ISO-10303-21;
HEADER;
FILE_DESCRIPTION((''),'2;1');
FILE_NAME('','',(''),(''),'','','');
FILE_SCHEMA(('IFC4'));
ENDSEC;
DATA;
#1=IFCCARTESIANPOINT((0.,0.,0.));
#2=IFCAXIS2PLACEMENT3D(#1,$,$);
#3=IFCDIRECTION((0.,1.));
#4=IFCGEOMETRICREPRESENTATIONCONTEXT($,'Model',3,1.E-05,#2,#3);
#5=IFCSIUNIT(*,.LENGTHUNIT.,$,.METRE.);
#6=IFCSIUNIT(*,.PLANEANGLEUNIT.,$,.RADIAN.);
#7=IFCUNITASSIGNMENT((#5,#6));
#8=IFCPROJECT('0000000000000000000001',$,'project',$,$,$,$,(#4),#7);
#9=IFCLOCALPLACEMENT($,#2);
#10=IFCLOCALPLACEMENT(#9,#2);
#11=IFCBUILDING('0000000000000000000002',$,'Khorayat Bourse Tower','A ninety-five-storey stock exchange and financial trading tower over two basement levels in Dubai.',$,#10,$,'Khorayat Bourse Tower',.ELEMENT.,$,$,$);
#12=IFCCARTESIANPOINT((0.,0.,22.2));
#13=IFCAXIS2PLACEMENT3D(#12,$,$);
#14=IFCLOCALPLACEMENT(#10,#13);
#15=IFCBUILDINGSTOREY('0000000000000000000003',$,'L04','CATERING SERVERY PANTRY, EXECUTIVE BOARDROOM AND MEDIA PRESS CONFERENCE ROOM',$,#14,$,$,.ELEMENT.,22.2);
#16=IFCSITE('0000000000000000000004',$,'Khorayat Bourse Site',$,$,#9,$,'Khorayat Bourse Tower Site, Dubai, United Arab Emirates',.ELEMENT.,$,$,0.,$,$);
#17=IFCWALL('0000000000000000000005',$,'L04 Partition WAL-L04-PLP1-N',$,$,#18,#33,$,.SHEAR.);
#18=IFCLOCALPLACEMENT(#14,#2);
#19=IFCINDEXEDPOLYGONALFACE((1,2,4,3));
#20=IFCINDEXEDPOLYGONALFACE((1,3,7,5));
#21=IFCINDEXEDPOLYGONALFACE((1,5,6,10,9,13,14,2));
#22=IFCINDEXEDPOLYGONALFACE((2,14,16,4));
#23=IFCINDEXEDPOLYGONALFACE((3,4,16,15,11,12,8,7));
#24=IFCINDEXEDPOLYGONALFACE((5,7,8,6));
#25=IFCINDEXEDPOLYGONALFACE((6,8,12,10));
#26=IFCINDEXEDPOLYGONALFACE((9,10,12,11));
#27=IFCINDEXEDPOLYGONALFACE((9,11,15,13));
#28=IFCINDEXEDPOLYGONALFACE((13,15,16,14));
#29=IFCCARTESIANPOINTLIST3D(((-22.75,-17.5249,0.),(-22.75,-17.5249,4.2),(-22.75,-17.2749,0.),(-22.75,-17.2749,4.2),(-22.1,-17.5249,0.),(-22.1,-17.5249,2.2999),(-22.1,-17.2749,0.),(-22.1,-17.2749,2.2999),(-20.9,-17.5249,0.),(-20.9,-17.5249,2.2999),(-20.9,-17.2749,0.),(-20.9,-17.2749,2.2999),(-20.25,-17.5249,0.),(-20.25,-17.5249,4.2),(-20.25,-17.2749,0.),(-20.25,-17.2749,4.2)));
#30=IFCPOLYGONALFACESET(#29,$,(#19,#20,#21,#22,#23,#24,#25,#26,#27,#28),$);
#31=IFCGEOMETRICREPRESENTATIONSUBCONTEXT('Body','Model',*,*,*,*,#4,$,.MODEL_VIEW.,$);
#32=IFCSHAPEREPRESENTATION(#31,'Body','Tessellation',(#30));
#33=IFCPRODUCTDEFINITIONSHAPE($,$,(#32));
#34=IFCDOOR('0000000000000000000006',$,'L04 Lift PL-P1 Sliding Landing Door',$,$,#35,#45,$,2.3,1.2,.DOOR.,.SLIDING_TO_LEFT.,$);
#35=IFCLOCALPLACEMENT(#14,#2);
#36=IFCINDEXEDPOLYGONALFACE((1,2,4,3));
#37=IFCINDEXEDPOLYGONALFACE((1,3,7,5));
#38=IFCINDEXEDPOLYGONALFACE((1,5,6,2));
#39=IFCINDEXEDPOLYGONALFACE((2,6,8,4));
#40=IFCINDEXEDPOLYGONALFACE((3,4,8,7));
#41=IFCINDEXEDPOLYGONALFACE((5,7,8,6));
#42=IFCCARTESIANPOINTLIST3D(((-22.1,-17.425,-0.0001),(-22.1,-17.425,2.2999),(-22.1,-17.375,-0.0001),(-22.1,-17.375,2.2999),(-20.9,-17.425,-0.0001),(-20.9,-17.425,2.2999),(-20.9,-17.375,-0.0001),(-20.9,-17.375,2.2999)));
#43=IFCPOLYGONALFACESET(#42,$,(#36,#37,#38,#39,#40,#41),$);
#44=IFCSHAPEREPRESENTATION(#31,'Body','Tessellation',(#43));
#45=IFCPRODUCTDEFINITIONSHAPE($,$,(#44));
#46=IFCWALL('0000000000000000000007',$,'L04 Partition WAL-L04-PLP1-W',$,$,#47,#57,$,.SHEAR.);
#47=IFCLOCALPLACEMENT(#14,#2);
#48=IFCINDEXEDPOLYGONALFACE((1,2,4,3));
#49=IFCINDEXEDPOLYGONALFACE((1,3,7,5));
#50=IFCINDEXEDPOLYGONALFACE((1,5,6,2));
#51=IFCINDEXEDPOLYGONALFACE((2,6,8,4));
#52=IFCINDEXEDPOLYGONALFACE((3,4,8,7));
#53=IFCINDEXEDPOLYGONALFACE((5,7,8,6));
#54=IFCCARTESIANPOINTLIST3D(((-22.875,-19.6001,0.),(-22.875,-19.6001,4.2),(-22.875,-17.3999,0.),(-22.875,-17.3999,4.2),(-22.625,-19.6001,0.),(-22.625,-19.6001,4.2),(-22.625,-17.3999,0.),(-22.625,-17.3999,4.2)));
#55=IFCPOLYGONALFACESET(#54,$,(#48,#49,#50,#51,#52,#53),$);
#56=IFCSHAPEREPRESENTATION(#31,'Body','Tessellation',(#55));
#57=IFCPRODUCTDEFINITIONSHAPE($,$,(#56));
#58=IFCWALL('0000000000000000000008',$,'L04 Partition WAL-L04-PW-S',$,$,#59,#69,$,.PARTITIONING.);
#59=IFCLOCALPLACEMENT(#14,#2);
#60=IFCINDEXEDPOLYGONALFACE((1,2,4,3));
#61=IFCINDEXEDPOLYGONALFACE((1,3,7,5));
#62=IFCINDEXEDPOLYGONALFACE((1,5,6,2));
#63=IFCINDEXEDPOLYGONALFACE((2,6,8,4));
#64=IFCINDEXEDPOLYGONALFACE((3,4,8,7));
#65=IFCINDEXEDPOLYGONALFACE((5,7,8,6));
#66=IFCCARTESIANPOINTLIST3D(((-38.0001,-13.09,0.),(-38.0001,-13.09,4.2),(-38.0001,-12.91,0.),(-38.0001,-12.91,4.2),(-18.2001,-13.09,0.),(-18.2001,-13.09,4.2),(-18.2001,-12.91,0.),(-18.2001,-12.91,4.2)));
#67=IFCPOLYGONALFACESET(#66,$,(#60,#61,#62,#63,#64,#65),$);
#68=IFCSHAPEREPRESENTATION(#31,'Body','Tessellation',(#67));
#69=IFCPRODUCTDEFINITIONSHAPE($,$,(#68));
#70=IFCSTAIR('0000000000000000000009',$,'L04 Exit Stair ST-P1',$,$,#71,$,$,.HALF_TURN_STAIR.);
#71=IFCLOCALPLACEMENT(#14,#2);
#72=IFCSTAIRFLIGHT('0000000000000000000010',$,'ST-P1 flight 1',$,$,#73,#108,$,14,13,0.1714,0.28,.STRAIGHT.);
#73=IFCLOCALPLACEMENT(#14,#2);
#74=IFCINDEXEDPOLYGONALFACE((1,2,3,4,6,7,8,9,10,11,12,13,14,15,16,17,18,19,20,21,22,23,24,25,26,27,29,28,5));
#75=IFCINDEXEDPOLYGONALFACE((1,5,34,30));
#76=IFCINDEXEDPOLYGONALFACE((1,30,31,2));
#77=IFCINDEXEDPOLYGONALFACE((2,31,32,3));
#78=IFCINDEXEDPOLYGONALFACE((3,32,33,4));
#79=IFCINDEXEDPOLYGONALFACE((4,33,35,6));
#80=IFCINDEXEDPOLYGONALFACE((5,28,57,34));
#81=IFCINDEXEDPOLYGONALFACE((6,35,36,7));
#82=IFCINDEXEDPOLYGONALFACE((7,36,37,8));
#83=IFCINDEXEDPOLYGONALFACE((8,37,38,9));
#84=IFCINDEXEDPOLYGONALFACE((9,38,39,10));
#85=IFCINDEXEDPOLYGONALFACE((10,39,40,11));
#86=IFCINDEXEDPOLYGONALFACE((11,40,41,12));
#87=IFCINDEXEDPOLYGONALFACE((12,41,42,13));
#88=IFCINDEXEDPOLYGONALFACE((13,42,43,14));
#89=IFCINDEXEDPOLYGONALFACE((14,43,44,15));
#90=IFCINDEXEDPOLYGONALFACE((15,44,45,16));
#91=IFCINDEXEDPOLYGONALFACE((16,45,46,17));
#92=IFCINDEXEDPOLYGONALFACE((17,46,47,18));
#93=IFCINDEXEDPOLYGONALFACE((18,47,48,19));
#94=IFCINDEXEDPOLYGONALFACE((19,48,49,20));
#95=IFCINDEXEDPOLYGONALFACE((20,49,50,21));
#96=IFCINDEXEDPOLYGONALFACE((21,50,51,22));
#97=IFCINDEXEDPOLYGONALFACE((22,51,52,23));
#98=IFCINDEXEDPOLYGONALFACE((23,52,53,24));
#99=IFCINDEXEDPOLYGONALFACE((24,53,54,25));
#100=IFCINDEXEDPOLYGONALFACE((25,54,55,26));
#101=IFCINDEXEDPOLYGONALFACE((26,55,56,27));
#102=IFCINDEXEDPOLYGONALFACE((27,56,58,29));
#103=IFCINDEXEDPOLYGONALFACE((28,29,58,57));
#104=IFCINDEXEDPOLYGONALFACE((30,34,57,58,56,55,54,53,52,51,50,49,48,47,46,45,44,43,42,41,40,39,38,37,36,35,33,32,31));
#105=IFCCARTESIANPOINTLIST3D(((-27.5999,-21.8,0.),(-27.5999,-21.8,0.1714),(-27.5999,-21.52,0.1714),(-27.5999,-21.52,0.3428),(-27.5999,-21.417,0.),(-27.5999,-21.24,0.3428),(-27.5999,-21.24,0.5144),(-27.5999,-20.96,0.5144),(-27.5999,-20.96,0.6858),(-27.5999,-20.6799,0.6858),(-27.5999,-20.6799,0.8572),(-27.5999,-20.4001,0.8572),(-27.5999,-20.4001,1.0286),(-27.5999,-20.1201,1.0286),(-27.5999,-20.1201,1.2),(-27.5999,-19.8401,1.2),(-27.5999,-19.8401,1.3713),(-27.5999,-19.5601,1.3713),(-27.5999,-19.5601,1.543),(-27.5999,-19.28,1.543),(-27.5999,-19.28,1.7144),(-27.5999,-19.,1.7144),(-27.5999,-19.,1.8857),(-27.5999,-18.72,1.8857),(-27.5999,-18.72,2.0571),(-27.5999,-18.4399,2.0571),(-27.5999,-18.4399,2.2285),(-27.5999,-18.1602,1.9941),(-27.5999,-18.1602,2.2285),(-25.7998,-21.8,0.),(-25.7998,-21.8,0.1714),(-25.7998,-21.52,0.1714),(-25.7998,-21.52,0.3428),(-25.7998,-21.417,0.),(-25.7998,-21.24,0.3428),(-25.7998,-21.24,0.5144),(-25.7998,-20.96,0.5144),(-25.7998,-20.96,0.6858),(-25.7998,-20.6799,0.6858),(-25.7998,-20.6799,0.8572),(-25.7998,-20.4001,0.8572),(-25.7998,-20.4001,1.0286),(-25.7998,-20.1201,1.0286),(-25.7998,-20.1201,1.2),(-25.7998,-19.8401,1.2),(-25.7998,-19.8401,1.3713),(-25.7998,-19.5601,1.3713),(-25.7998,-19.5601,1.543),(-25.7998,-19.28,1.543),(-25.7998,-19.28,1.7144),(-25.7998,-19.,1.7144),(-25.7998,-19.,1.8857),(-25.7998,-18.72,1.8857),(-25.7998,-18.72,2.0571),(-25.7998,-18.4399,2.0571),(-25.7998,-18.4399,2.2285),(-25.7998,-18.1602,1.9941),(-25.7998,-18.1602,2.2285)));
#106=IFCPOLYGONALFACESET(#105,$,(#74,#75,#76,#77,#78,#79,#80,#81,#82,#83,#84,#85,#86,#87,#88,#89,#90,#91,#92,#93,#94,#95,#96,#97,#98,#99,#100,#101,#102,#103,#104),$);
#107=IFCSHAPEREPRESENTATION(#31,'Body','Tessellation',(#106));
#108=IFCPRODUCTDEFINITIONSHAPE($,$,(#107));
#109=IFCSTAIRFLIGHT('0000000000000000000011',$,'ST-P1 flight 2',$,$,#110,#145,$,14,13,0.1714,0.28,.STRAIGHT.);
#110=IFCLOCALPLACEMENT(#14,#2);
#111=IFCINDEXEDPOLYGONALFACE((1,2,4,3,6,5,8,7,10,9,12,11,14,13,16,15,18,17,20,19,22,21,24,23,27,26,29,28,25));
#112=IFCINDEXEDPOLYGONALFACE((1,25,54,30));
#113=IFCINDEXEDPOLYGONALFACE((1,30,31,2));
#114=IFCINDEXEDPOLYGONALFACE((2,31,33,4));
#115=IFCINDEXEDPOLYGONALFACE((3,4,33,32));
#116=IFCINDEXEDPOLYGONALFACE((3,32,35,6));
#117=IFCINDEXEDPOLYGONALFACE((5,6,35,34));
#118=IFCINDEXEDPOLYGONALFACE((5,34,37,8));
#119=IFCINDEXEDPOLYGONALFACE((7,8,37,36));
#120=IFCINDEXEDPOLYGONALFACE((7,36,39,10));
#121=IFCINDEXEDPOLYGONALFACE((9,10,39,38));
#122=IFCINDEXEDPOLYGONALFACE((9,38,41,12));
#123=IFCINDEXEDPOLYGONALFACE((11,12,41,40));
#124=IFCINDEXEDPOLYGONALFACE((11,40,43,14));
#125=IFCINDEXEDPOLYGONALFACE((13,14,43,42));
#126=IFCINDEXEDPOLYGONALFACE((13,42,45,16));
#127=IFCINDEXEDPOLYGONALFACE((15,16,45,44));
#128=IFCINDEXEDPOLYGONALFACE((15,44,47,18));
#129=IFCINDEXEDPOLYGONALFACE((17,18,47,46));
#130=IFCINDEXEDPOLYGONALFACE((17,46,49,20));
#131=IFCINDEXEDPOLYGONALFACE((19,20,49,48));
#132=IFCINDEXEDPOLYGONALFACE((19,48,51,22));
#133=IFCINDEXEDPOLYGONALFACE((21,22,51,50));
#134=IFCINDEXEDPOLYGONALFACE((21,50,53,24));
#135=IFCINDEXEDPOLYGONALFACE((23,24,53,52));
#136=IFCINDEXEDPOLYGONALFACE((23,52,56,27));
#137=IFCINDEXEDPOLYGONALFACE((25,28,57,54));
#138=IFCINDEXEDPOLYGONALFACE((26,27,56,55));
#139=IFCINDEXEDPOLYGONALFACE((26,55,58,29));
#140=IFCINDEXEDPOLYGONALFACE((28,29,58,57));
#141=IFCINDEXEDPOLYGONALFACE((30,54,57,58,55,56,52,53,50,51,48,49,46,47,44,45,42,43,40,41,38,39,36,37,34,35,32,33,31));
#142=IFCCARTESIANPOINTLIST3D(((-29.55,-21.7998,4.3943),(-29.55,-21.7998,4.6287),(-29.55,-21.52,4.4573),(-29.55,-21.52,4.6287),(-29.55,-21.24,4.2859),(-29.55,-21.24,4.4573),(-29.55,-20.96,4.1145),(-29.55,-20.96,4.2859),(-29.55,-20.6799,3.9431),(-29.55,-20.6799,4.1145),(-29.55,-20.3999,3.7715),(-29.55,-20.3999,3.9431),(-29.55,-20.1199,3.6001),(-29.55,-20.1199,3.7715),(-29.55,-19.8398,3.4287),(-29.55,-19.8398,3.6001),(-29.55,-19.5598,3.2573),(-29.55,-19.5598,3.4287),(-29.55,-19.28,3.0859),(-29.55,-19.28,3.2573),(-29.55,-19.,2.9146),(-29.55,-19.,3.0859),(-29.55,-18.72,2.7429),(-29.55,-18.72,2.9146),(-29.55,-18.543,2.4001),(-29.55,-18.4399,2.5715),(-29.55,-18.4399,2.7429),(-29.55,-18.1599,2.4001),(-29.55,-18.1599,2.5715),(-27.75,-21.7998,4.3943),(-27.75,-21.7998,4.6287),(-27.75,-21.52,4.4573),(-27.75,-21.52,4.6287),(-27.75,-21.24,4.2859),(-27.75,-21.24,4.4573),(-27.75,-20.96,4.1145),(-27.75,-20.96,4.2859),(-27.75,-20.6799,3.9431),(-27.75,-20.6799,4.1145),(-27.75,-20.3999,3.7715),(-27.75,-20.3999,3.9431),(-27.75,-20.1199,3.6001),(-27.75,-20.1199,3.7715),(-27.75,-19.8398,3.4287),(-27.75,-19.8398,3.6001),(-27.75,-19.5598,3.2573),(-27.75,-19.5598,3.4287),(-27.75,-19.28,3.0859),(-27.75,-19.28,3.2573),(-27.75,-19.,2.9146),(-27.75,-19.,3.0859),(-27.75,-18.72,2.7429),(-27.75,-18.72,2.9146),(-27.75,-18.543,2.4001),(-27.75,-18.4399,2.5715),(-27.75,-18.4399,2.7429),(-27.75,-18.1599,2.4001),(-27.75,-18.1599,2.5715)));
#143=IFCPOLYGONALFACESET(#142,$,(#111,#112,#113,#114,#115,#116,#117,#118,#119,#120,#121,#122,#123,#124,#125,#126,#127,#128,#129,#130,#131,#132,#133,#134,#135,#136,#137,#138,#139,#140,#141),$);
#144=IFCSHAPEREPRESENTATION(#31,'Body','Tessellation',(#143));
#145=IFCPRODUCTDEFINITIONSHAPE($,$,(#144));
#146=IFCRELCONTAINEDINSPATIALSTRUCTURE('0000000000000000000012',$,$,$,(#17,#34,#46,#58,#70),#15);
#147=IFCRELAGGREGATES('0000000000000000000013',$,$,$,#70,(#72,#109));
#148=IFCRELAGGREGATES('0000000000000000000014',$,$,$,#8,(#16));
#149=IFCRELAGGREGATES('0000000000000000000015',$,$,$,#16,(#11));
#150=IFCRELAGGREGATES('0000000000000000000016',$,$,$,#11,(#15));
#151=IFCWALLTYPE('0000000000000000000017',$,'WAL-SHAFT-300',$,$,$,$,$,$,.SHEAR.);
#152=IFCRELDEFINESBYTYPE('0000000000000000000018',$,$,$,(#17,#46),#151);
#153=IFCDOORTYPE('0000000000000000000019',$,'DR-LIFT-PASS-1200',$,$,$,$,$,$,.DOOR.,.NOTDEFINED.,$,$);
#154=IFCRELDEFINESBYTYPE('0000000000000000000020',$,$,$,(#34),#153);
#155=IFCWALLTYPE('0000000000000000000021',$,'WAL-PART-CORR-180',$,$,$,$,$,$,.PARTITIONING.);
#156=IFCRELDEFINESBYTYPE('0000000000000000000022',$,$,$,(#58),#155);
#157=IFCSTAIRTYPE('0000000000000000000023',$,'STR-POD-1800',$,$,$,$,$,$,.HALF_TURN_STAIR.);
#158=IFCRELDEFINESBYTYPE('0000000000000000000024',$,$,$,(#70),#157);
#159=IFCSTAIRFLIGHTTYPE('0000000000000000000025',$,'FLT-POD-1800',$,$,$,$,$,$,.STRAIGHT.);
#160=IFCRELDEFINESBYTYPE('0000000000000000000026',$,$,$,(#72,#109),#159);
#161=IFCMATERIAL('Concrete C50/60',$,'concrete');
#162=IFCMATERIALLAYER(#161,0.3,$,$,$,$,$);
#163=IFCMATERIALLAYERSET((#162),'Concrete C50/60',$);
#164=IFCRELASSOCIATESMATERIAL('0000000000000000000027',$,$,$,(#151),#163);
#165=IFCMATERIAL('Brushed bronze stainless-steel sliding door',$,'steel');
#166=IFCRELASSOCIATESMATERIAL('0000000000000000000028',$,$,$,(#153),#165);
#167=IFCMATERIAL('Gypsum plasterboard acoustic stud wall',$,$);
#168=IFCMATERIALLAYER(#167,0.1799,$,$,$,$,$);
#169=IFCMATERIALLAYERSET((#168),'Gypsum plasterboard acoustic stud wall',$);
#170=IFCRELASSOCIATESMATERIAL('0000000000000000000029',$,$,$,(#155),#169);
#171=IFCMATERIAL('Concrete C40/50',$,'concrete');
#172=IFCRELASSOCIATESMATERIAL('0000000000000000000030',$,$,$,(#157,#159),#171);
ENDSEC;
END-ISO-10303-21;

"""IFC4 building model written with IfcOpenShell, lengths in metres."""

from ifc_helpers import new_model, si_unit, direction, frame, frame_2d, origin, place, context, subcontext, project, spatial, polyline, rectangle, outline, extrude, source, transform, mapped, material, layer, layer_set, type_object, element, fill, aggregate, save


model = new_model("IFC4")

# Units and contexts
model_context = context("Model", 3, precision=1e-05, world=origin(), true_north=direction((0.0, 1.0)))
body_context = subcontext(model_context, "Body", "Model", "MODEL_VIEW")
ifc_project = project(units=[si_unit("LENGTHUNIT", "METRE"), si_unit("PLANEANGLEUNIT", "RADIAN")], contexts=[model_context])

# Site, building, storey
site_placement = place(None, origin())
site = spatial("IfcSite", under=ifc_project, at=site_placement, Name="Khorayat Bourse Site", LongName="Khorayat Bourse Tower Site, Dubai, United Arab Emirates", CompositionType="ELEMENT", RefElevation=0.0)
building_placement = place(site_placement, origin())
building = spatial("IfcBuilding", under=site, at=building_placement, Name="Khorayat Bourse Tower", Description="A ninety-five-storey stock exchange and financial trading tower over two basement levels in Dubai.", LongName="Khorayat Bourse Tower", CompositionType="ELEMENT")
storey_placement = place(building_placement, frame((0.0, 0.0, 22.2)))
storey = spatial("IfcBuildingStorey", under=building, at=storey_placement, Name="L04", Description="CATERING SERVERY PANTRY, EXECUTIVE BOARDROOM AND MEDIA PRESS CONFERENCE ROOM", CompositionType="ELEMENT", Elevation=22.2)

# Shared definitions
ifc_material_1 = material(Name="Concrete C50/60", Category="concrete")
ifc_layer_1 = layer(ifc_material_1, 0.3)
ifc_layer_set_1 = layer_set([ifc_layer_1], Name="Concrete C50/60")
wall_type_1 = type_object("IfcWallType", Name="WAL-SHAFT-300", PredefinedType="SHEAR", material=ifc_layer_set_1)

# Shared definitions
shared_shape_1 = source(origin(), body_context, "Body", "SweptSolid", [
    extrude(rectangle(XDim=2.5, YDim=0.25, at=frame_2d((1.25, 0.0))), origin(), (0.0, 0.0, 1.0), 4.2),
])

# Wall, opening, door
wall_1_placement = place(storey_placement, frame((-22.75, -17.3999, 0.0), z_axis=(0.0, 0.0, 1.0), x_axis=(1.0, 0.0, 0.0)))
wall_1 = element("IfcWall", 1, at=wall_1_placement, inside=storey, type_object=wall_type_1, Name="L04 Partition WAL-L04-PLP1-N", PredefinedType="SHEAR", context=body_context, shape_type="MappedRepresentation", body=[
    mapped(shared_shape_1, transform((0.0, 0.0, 0.0), scale=1.0)),
])
shared_shape_2 = source(origin(), body_context, "Body", "SweptSolid", [
    extrude(rectangle(XDim=1.2, YDim=2.3, at=frame_2d((0.6001, 1.1499))), frame((0.0, 0.135, 0.0), z_axis=(0.0, -1.0, 0.0), x_axis=(1.0, 0.0, 0.0)), (0.0, 0.0, 1.0), 0.27),
])
opening_1_placement = place(wall_1_placement, frame((0.6499, 0.0, 0.0)))
opening_1 = element("IfcOpeningElement", 2, at=opening_1_placement, cuts=wall_1, PredefinedType="OPENING", context=body_context, shape_type="MappedRepresentation", body=[
    mapped(shared_shape_2, transform((0.0, 0.0, 0.0), scale=1.0)),
])
ifc_material_2 = material(Name="Brushed bronze stainless-steel sliding door", Category="steel")
door_type_1 = type_object("IfcDoorType", Name="DR-LIFT-PASS-1200", OperationType="NOTDEFINED", PredefinedType="DOOR", material=ifc_material_2)
shared_shape_3 = source(origin(), body_context, "Body", "SweptSolid", [
    extrude(rectangle(XDim=1.2, YDim=2.3, at=frame_2d((0.6001, 1.1499))), frame((0.0, 0.0249, 0.0), z_axis=(0.0, -1.0, 0.0), x_axis=(1.0, 0.0, 0.0)), (0.0, 0.0, 1.0), 0.05),
])
door_1_placement = place(opening_1_placement, origin())
door_1 = element("IfcDoor", 3, at=door_1_placement, inside=storey, type_object=door_type_1, Name="L04 Lift PL-P1 Sliding Landing Door", OperationType="SLIDING_TO_LEFT", OverallHeight=2.3, OverallWidth=1.2, PredefinedType="DOOR", context=body_context, shape_type="MappedRepresentation", body=[
    mapped(shared_shape_3, transform((0.0, 0.0, 0.0), scale=1.0)),
])
fill(opening_1, door_1)

# Walls
shared_shape_4 = source(origin(), body_context, "Body", "SweptSolid", [
    extrude(rectangle(XDim=2.2002, YDim=0.25, at=frame_2d((1.1001, 0.0))), origin(), (0.0, 0.0, 1.0), 4.2),
])
wall_2_placement = place(storey_placement, frame((-22.75, -19.6001, 0.0), z_axis=(0.0, 0.0, 1.0), x_axis=(0.0, 1.0, 0.0)))
element("IfcWall", 4, at=wall_2_placement, inside=storey, type_object=wall_type_1, Name="L04 Partition WAL-L04-PLP1-W", PredefinedType="SHEAR", context=body_context, shape_type="MappedRepresentation", body=[
    mapped(shared_shape_4, transform((0.0, 0.0, 0.0), scale=1.0)),
])
ifc_material_3 = material(Name="Gypsum plasterboard acoustic stud wall")
ifc_layer_2 = layer(ifc_material_3, 0.1799)
ifc_layer_set_2 = layer_set([ifc_layer_2], Name="Gypsum plasterboard acoustic stud wall")
wall_type_2 = type_object("IfcWallType", Name="WAL-PART-CORR-180", PredefinedType="PARTITIONING", material=ifc_layer_set_2)
shared_shape_5 = source(origin(), body_context, "Body", "SweptSolid", [
    extrude(rectangle(XDim=19.8, YDim=0.1799, at=frame_2d((9.8999, 0.0))), origin(), (0.0, 0.0, 1.0), 4.2),
])
wall_3_placement = place(storey_placement, frame((-38.0, -13.0, 0.0), z_axis=(0.0, 0.0, 1.0), x_axis=(1.0, 0.0, 0.0)))
element("IfcWall", 5, at=wall_3_placement, inside=storey, type_object=wall_type_2, Name="L04 Partition WAL-L04-PW-S", PredefinedType="PARTITIONING", context=body_context, shape_type="MappedRepresentation", body=[
    mapped(shared_shape_5, transform((0.0, 0.0, 0.0), scale=1.0)),
])

# Stair, stair flights
ifc_material_4 = material(Name="Concrete C40/50", Category="concrete")
stair_type = type_object("IfcStairType", Name="STR-POD-1800", PredefinedType="HALF_TURN_STAIR", material=ifc_material_4)
stair_placement = place(storey_placement, origin())
stair = element("IfcStair", 6, at=stair_placement, inside=storey, type_object=stair_type, Name="L04 Exit Stair ST-P1", PredefinedType="HALF_TURN_STAIR")
stair_flight_type = type_object("IfcStairFlightType", Name="FLT-POD-1800", PredefinedType="STRAIGHT", material=ifc_material_4)
shared_shape_6 = source(origin(), body_context, "Body", "SweptSolid", [
    extrude(outline(polyline([(0.0, 0.0), (0.0, 0.1714), (0.28, 0.1714), (0.28, 0.3428), (0.5601, 0.3428), (0.5601, 0.5144), (0.8401, 0.5144), (0.8401, 0.6858), (1.1201, 0.6858), (1.1201, 0.8572), (1.3999, 0.8572), (1.3999, 1.0286), (1.6799, 1.0286), (1.6799, 1.2), (1.96, 1.2), (1.96, 1.3713), (2.24, 1.3713), (2.24, 1.543), (2.52, 1.543), (2.52, 1.7144), (2.8, 1.7144), (2.8, 1.8857), (3.0801, 1.8857), (3.0801, 2.0571), (3.3601, 2.0571), (3.3601, 2.2285), (3.6399, 2.2285), (3.6399, 2.3999), (3.6399, 1.9941), (0.3831, 0.0), (0.0, 0.0)])), frame((0.0, 0.8999, 0.0), z_axis=(0.0, -1.0, 0.0), x_axis=(1.0, 0.0, 0.0)), (0.0, 0.0, 1.0), 1.8),
])
stair_flight_1_placement = place(storey_placement, frame((-26.7, -21.8, 0.0), z_axis=(0.0, 0.0, 1.0), x_axis=(0.0, 1.0, 0.0)))
stair_flight_1 = element("IfcStairFlight", 7, at=stair_flight_1_placement, type_object=stair_flight_type, Name="ST-P1 flight 1", NumberOfRisers=14, NumberOfTreads=13, PredefinedType="STRAIGHT", RiserHeight=0.1714, TreadLength=0.28, context=body_context, shape_type="MappedRepresentation", body=[
    mapped(shared_shape_6, transform((0.0, 0.0, 0.0), scale=1.0)),
])
stair_flight_2_placement = place(storey_placement, frame((-28.6499, -18.1599, 2.4001), z_axis=(0.0, 0.0, 1.0), x_axis=(0.0, -1.0, 0.0)))
stair_flight_2 = element("IfcStairFlight", 8, at=stair_flight_2_placement, type_object=stair_flight_type, Name="ST-P1 flight 2", NumberOfRisers=14, NumberOfTreads=13, PredefinedType="STRAIGHT", RiserHeight=0.1714, TreadLength=0.28, context=body_context, shape_type="MappedRepresentation", body=[
    mapped(shared_shape_6, transform((0.0, 0.0, 0.0), scale=1.0)),
])
aggregate(stair, [stair_flight_1, stair_flight_2])

save(model, "model.ifc")
